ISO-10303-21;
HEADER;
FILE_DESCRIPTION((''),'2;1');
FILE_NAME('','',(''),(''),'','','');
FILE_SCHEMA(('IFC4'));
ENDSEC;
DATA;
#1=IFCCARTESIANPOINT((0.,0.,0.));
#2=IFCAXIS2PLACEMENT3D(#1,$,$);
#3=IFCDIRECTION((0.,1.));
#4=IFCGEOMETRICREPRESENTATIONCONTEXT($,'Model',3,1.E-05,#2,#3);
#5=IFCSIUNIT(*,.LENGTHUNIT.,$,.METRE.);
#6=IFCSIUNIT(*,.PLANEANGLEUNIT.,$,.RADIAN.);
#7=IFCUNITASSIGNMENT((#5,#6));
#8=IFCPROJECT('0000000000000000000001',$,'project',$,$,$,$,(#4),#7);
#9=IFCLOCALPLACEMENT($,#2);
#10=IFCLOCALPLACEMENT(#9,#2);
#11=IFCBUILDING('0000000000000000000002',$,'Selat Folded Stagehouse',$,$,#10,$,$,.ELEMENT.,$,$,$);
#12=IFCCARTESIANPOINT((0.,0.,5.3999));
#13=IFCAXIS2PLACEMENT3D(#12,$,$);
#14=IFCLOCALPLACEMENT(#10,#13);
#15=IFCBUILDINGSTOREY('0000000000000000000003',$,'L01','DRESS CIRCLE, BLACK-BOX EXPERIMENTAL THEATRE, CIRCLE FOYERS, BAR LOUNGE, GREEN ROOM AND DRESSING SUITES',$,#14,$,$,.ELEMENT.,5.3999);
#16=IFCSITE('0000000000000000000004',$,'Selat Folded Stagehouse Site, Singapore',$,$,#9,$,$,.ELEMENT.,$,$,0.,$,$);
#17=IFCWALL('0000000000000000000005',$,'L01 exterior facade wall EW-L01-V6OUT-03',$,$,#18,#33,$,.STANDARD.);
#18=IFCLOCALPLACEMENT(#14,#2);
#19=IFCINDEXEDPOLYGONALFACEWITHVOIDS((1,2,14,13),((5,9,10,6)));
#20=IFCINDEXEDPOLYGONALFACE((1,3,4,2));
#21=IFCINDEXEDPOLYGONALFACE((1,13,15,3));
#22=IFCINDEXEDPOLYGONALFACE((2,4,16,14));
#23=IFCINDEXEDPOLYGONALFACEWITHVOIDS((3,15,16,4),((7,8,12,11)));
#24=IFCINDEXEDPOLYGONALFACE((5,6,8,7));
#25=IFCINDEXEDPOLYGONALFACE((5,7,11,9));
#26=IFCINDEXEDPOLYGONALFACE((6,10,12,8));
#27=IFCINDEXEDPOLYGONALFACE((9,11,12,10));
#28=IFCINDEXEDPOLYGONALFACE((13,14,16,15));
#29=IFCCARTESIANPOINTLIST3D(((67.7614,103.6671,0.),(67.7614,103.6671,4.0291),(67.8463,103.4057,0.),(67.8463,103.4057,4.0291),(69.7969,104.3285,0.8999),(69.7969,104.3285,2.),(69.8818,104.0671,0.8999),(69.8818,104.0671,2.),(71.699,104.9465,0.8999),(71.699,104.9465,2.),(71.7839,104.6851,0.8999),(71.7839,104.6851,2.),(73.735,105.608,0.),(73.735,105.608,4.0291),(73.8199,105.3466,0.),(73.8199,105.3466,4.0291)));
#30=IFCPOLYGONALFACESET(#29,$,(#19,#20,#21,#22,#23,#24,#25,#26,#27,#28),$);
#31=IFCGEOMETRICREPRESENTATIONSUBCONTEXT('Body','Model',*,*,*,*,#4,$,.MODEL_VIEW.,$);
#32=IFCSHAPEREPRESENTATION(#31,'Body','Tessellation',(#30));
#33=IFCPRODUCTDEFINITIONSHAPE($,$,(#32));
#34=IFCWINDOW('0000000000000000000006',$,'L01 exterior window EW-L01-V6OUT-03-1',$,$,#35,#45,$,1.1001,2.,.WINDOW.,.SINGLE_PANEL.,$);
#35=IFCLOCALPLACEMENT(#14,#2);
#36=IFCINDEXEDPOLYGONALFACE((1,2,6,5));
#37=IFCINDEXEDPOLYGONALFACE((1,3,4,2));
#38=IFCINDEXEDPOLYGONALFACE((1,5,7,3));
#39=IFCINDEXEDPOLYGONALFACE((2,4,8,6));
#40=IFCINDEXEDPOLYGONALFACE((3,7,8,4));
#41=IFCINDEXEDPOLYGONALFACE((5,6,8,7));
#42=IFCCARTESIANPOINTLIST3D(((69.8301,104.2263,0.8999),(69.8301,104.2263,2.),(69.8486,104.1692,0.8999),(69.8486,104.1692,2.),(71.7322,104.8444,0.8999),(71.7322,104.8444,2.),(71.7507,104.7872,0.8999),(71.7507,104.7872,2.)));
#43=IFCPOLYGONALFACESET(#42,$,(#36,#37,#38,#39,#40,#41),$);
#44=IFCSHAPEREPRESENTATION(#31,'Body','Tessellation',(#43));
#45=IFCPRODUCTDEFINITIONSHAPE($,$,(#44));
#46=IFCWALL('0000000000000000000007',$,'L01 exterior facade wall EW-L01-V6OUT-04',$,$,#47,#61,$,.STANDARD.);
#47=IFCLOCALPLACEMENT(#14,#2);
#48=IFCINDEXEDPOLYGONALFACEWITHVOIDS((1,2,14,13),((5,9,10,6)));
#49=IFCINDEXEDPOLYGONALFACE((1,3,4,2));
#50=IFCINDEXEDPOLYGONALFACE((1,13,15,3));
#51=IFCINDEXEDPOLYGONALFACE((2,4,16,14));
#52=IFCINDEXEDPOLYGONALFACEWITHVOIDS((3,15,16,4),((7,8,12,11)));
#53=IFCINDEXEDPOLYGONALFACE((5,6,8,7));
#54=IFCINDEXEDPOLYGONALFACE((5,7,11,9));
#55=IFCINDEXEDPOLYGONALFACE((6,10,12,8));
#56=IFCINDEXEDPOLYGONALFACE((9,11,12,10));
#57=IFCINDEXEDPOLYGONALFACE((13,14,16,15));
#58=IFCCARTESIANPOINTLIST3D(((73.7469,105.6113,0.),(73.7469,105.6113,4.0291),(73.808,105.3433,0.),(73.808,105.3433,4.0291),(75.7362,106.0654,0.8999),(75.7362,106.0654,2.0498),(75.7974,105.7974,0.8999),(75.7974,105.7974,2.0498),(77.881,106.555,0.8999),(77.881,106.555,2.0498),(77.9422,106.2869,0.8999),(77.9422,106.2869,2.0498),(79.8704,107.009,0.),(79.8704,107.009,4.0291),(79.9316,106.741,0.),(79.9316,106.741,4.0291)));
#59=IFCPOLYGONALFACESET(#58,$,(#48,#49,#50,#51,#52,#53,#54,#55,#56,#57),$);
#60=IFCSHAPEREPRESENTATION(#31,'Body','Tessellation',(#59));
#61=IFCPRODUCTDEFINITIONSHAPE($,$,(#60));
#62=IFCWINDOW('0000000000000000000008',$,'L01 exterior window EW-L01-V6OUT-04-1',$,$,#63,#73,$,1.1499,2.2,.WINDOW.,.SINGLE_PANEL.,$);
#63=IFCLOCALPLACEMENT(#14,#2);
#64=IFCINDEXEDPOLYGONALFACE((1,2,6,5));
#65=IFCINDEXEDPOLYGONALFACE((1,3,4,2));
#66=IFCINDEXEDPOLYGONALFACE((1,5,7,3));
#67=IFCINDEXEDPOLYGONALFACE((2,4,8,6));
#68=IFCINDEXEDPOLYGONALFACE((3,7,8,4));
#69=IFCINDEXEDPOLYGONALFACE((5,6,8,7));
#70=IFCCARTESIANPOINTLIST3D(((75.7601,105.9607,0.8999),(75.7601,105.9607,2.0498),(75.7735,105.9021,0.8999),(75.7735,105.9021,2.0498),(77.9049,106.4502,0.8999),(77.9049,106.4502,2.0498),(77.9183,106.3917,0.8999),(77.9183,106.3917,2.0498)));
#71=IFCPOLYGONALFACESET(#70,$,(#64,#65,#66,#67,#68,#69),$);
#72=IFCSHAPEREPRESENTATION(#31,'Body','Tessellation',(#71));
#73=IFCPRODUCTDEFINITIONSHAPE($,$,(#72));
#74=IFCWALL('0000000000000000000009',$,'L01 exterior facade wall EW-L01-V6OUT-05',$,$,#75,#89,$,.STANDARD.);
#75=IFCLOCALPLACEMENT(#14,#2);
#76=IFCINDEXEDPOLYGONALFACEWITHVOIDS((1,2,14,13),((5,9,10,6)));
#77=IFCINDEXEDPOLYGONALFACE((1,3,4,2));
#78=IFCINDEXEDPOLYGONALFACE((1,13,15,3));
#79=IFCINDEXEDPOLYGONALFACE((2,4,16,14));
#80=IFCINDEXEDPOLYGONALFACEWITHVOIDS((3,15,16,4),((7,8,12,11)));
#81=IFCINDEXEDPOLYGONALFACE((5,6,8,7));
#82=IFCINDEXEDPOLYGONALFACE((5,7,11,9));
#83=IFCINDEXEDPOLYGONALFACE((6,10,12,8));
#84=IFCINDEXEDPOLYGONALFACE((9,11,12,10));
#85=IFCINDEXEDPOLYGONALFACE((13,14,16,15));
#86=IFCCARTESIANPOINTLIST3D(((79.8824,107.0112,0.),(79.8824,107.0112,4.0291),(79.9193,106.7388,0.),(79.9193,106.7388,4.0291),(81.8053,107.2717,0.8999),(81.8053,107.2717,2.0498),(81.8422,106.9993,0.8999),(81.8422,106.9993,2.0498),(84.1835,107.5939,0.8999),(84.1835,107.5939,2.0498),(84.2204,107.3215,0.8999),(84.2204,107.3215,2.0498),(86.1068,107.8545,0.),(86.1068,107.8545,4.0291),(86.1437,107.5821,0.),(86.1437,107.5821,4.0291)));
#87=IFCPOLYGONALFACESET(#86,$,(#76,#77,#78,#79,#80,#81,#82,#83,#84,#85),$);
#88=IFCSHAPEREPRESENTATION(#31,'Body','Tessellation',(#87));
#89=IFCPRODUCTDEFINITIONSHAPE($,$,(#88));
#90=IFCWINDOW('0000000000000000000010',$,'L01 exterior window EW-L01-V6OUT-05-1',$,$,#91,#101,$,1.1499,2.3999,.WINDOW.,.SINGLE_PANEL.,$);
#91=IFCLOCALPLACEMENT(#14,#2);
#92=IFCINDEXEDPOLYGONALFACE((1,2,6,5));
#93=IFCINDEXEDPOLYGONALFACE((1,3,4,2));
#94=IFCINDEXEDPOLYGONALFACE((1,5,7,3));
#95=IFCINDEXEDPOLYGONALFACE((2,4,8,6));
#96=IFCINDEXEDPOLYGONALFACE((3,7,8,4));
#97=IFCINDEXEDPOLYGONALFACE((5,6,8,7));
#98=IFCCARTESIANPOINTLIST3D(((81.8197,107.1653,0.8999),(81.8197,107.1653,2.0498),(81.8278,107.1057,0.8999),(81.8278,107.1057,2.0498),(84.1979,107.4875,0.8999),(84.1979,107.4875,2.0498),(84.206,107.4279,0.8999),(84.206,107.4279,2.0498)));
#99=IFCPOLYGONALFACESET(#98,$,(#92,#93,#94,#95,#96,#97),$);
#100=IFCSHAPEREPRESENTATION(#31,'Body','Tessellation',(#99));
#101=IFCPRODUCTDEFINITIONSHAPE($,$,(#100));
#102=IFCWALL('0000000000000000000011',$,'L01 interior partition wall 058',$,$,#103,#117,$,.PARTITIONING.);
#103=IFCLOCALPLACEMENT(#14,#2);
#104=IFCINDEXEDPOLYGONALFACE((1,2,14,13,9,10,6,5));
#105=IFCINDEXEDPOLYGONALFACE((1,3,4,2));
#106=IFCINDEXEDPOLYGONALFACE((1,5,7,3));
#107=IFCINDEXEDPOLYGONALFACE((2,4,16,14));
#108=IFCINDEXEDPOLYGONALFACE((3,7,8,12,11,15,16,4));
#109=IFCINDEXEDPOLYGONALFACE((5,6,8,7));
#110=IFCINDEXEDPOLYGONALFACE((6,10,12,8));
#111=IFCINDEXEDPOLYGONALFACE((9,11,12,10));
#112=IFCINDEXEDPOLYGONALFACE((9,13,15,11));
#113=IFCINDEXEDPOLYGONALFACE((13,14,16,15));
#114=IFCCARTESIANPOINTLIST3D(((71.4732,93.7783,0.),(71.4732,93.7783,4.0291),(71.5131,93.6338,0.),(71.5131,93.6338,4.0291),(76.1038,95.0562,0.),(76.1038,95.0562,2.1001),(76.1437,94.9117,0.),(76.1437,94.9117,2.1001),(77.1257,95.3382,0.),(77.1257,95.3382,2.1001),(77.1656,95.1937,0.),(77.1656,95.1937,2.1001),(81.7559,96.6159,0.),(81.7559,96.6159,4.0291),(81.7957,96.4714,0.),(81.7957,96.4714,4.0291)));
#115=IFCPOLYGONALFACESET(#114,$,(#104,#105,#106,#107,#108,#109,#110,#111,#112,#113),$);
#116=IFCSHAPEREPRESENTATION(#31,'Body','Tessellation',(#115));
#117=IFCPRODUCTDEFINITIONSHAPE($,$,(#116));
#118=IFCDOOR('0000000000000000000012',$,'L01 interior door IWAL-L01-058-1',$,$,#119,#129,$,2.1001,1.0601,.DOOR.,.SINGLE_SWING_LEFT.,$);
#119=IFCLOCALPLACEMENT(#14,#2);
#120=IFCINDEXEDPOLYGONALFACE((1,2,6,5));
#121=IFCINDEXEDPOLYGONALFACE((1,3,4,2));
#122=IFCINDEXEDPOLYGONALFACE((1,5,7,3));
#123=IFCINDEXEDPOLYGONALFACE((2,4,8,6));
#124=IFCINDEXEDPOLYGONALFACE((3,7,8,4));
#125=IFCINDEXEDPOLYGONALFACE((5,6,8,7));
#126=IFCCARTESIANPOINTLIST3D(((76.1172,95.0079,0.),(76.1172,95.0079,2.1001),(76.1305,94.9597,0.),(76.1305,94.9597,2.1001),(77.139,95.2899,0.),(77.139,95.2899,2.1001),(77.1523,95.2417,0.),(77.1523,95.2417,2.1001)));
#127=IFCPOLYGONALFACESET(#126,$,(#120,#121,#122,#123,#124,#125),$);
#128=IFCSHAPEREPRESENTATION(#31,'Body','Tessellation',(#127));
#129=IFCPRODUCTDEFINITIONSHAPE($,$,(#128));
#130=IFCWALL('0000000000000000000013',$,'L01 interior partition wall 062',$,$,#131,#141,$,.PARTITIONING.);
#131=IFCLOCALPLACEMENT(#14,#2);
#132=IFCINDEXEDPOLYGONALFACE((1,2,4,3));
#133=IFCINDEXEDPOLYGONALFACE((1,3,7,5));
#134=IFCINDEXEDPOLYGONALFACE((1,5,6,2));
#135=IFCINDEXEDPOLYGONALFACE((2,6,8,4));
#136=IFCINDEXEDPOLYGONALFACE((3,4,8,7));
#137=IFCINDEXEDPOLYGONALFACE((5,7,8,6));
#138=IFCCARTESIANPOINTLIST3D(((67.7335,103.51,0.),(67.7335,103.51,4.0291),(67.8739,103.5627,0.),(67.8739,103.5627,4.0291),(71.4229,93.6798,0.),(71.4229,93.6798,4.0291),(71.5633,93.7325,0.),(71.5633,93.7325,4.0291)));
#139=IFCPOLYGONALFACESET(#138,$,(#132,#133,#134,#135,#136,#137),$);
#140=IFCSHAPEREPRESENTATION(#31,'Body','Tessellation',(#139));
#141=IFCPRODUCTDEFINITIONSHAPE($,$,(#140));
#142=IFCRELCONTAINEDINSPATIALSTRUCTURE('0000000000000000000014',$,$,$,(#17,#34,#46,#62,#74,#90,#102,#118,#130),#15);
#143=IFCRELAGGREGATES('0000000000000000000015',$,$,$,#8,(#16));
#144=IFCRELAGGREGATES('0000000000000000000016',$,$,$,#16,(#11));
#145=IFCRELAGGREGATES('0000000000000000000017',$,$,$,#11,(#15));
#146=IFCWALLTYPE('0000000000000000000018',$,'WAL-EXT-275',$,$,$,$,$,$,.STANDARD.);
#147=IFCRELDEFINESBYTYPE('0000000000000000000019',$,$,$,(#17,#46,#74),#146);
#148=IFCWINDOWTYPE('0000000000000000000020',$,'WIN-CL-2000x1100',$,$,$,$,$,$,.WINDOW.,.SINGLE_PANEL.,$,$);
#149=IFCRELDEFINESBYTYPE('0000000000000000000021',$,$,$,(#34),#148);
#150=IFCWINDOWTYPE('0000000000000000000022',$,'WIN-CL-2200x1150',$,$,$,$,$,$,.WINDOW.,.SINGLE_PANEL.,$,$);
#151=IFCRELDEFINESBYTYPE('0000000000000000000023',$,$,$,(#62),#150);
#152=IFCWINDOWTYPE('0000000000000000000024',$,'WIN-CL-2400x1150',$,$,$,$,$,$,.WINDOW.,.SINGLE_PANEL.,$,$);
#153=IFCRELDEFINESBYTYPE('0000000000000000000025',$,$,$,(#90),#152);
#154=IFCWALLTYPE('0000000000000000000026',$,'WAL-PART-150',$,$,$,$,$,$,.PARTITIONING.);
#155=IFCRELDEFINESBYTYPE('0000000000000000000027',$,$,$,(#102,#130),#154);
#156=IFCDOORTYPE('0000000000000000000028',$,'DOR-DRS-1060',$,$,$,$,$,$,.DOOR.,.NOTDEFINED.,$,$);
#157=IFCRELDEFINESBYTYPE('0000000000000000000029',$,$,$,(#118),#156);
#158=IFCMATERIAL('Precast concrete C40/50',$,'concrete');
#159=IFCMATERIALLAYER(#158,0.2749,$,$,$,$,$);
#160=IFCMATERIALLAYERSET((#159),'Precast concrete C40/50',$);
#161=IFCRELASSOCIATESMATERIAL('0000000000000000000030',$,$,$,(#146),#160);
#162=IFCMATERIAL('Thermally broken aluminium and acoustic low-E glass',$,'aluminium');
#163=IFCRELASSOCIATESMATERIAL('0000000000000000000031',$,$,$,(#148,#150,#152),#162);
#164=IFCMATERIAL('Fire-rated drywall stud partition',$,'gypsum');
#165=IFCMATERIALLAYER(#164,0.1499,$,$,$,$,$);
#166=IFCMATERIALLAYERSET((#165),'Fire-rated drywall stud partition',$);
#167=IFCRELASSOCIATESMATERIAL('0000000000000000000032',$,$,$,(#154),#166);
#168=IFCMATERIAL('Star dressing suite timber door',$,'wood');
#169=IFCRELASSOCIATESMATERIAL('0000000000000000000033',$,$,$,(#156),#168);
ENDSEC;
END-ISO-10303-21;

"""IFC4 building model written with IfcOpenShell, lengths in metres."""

from ifc_helpers import new_model, si_unit, direction, frame, frame_2d, origin, place, context, subcontext, project, spatial, rectangle, extrude, material, layer, layer_set, type_object, element, fill, save


model = new_model("IFC4")

# Units and contexts
model_context = context("Model", 3, precision=1e-05, world=origin(), true_north=direction((0.0, 1.0)))
body_context = subcontext(model_context, "Body", "Model", "MODEL_VIEW")
ifc_project = project(units=[si_unit("LENGTHUNIT", "METRE"), si_unit("PLANEANGLEUNIT", "RADIAN")], contexts=[model_context])

# Site, building, storey
site_placement = place(None, origin())
site = spatial("IfcSite", under=ifc_project, at=site_placement, Name="Selat Folded Stagehouse Site, Singapore", CompositionType="ELEMENT", RefElevation=0.0)
building_placement = place(site_placement, origin())
building = spatial("IfcBuilding", under=site, at=building_placement, Name="Selat Folded Stagehouse", CompositionType="ELEMENT")
storey_placement = place(building_placement, frame((0.0, 0.0, 5.3999)))
storey = spatial("IfcBuildingStorey", under=building, at=storey_placement, Name="L01", Description="DRESS CIRCLE, BLACK-BOX EXPERIMENTAL THEATRE, CIRCLE FOYERS, BAR LOUNGE, GREEN ROOM AND DRESSING SUITES", CompositionType="ELEMENT", Elevation=5.3999)

# Walls, openings, windows
ifc_material_1 = material(Name="Precast concrete C40/50", Category="concrete")
ifc_layer_1 = layer(ifc_material_1, 0.2749)
ifc_layer_set_1 = layer_set([ifc_layer_1], Name="Precast concrete C40/50")
wall_type_1 = type_object("IfcWallType", Name="WAL-EXT-275", PredefinedType="STANDARD", material=ifc_layer_set_1)
wall_1_placement = place(storey_placement, frame((67.8037, 103.5364, 0.0), z_axis=(0.0, 0.0, 1.0), x_axis=(0.951058, 0.309012, 0.0)))
wall_1 = element("IfcWall", 1, at=wall_1_placement, inside=storey, type_object=wall_type_1, Name="L01 exterior facade wall EW-L01-V6OUT-03", PredefinedType="STANDARD", context=body_context, shape_type="SweptSolid", body=[
    extrude(rectangle(XDim=6.281, YDim=0.2749, at=frame_2d((3.1406, 0.0))), origin(), (0.0, 0.0, 1.0), 4.0291),
])
opening_1_placement = place(wall_1_placement, frame((2.1404, 0.0, 0.8999)))
opening_1 = element("IfcOpeningElement", 2, at=opening_1_placement, cuts=wall_1, PredefinedType="OPENING", context=body_context, shape_type="SweptSolid", body=[
    extrude(rectangle(XDim=2.0, YDim=1.1001, at=frame_2d((1.0, 0.55))), frame((0.0, 0.1475, 0.0), z_axis=(0.0, -1.0, 0.0), x_axis=(1.0, 0.0, 0.0)), (0.0, 0.0, 1.0), 0.2949),
])
ifc_material_2 = material(Name="Thermally broken aluminium and acoustic low-E glass", Category="aluminium")
window_type_1 = type_object("IfcWindowType", Name="WIN-CL-2000x1100", PartitioningType="SINGLE_PANEL", PredefinedType="WINDOW", material=ifc_material_2)
window_1_placement = place(opening_1_placement, origin())
window_1 = element("IfcWindow", 3, at=window_1_placement, inside=storey, type_object=window_type_1, Name="L01 exterior window EW-L01-V6OUT-03-1", OverallHeight=1.1001, OverallWidth=2.0, PartitioningType="SINGLE_PANEL", PredefinedType="WINDOW", context=body_context, shape_type="SweptSolid", body=[
    extrude(rectangle(XDim=2.0, YDim=1.1001, at=frame_2d((1.0, 0.55))), frame((0.0, 0.03, 0.0), z_axis=(0.0, -1.0, 0.0), x_axis=(1.0, 0.0, 0.0)), (0.0, 0.0, 1.0), 0.0601),
])
fill(opening_1, window_1)
wall_2_placement = place(storey_placement, frame((73.7773, 105.4773, 0.0), z_axis=(0.0, 0.0, 1.0), x_axis=(0.974926, 0.222528, 0.0)))
wall_2 = element("IfcWall", 4, at=wall_2_placement, inside=storey, type_object=wall_type_1, Name="L01 exterior facade wall EW-L01-V6OUT-04", PredefinedType="STANDARD", context=body_context, shape_type="SweptSolid", body=[
    extrude(rectangle(XDim=6.281, YDim=0.2749, at=frame_2d((3.1406, 0.0))), origin(), (0.0, 0.0, 1.0), 4.0291),
])
opening_2_placement = place(wall_2_placement, frame((2.0405, 0.0, 0.8999)))
opening_2 = element("IfcOpeningElement", 5, at=opening_2_placement, cuts=wall_2, PredefinedType="OPENING", context=body_context, shape_type="SweptSolid", body=[
    extrude(rectangle(XDim=2.2, YDim=1.1499, at=frame_2d((1.1001, 0.575))), frame((0.0, 0.1475, 0.0), z_axis=(0.0, -1.0, 0.0), x_axis=(1.0, 0.0, 0.0)), (0.0, 0.0, 1.0), 0.2949),
])
window_type_2 = type_object("IfcWindowType", Name="WIN-CL-2200x1150", PartitioningType="SINGLE_PANEL", PredefinedType="WINDOW", material=ifc_material_2)
window_2_placement = place(opening_2_placement, origin())
window_2 = element("IfcWindow", 6, at=window_2_placement, inside=storey, type_object=window_type_2, Name="L01 exterior window EW-L01-V6OUT-04-1", OverallHeight=1.1499, OverallWidth=2.2, PartitioningType="SINGLE_PANEL", PredefinedType="WINDOW", context=body_context, shape_type="SweptSolid", body=[
    extrude(rectangle(XDim=2.2, YDim=1.1499, at=frame_2d((1.1001, 0.575))), frame((0.0, 0.03, 0.0), z_axis=(0.0, -1.0, 0.0), x_axis=(1.0, 0.0, 0.0)), (0.0, 0.0, 1.0), 0.0601),
])
fill(opening_2, window_2)
wall_3_placement = place(storey_placement, frame((79.9009, 106.875, 0.0), z_axis=(0.0, 0.0, 1.0), x_axis=(0.990947, 0.134251, 0.0)))
wall_3 = element("IfcWall", 7, at=wall_3_placement, inside=storey, type_object=wall_type_1, Name="L01 exterior facade wall EW-L01-V6OUT-05", PredefinedType="STANDARD", context=body_context, shape_type="SweptSolid", body=[
    extrude(rectangle(XDim=6.2812, YDim=0.2749, at=frame_2d((3.1406, 0.0))), origin(), (0.0, 0.0, 1.0), 4.0291),
])
opening_3_placement = place(wall_3_placement, frame((1.9404, 0.0, 0.8999)))
opening_3 = element("IfcOpeningElement", 8, at=opening_3_placement, cuts=wall_3, PredefinedType="OPENING", context=body_context, shape_type="SweptSolid", body=[
    extrude(rectangle(XDim=2.3999, YDim=1.1499, at=frame_2d((1.2, 0.575))), frame((0.0, 0.1475, 0.0), z_axis=(0.0, -1.0, 0.0), x_axis=(1.0, 0.0, 0.0)), (0.0, 0.0, 1.0), 0.2949),
])
window_type_3 = type_object("IfcWindowType", Name="WIN-CL-2400x1150", PartitioningType="SINGLE_PANEL", PredefinedType="WINDOW", material=ifc_material_2)
window_3_placement = place(opening_3_placement, origin())
window_3 = element("IfcWindow", 9, at=window_3_placement, inside=storey, type_object=window_type_3, Name="L01 exterior window EW-L01-V6OUT-05-1", OverallHeight=1.1499, OverallWidth=2.3999, PartitioningType="SINGLE_PANEL", PredefinedType="WINDOW", context=body_context, shape_type="SweptSolid", body=[
    extrude(rectangle(XDim=2.3999, YDim=1.1499, at=frame_2d((1.2, 0.575))), frame((0.0, 0.03, 0.0), z_axis=(0.0, -1.0, 0.0), x_axis=(1.0, 0.0, 0.0)), (0.0, 0.0, 1.0), 0.0601),
])
fill(opening_3, window_3)

# Wall, opening, door
ifc_material_3 = material(Name="Fire-rated drywall stud partition", Category="gypsum")
ifc_layer_2 = layer(ifc_material_3, 0.1499)
ifc_layer_set_2 = layer_set([ifc_layer_2], Name="Fire-rated drywall stud partition")
wall_type_2 = type_object("IfcWallType", Name="WAL-PART-150", PredefinedType="PARTITIONING", material=ifc_layer_set_2)
wall_4_placement = place(storey_placement, frame((71.4932, 93.7061, 0.0), z_axis=(0.0, 0.0, 1.0), x_axis=(0.963968, 0.266019, 0.0)))
wall_4 = element("IfcWall", 10, at=wall_4_placement, inside=storey, type_object=wall_type_2, Name="L01 interior partition wall 058", PredefinedType="PARTITIONING", context=body_context, shape_type="SweptSolid", body=[
    extrude(rectangle(XDim=10.667, YDim=0.1499, at=frame_2d((5.3335, 0.0))), origin(), (0.0, 0.0, 1.0), 4.0291),
])
opening_4_placement = place(wall_4_placement, frame((4.8037, 0.0, 0.0)))
opening_4 = element("IfcOpeningElement", 11, at=opening_4_placement, cuts=wall_4, PredefinedType="OPENING", context=body_context, shape_type="SweptSolid", body=[
    extrude(rectangle(XDim=1.0601, YDim=2.1001, at=frame_2d((0.53, 1.05))), frame((0.0, 0.085, 0.0), z_axis=(0.0, -1.0, 0.0), x_axis=(1.0, 0.0, 0.0)), (0.0, 0.0, 1.0), 0.1699),
])
ifc_material_4 = material(Name="Star dressing suite timber door", Category="wood")
door_type = type_object("IfcDoorType", Name="DOR-DRS-1060", OperationType="NOTDEFINED", PredefinedType="DOOR", material=ifc_material_4)
door_placement = place(opening_4_placement, origin())
door = element("IfcDoor", 12, at=door_placement, inside=storey, type_object=door_type, Name="L01 interior door IWAL-L01-058-1", OperationType="SINGLE_SWING_LEFT", OverallHeight=2.1001, OverallWidth=1.0601, PredefinedType="DOOR", context=body_context, shape_type="SweptSolid", body=[
    extrude(rectangle(XDim=1.0601, YDim=2.1001, at=frame_2d((0.53, 1.05))), frame((0.0, 0.0249, 0.0), z_axis=(0.0, -1.0, 0.0), x_axis=(1.0, 0.0, 0.0)), (0.0, 0.0, 1.0), 0.05),
])
fill(opening_4, door)

# Wall
wall_5_placement = place(storey_placement, frame((71.4932, 93.7061, 0.0), z_axis=(0.0, 0.0, 1.0), x_axis=(-0.351381, 0.936233, 0.0)))
element("IfcWall", 13, at=wall_5_placement, inside=storey, type_object=wall_type_2, Name="L01 interior partition wall 062", PredefinedType="PARTITIONING", context=body_context, shape_type="SweptSolid", body=[
    extrude(rectangle(XDim=10.4998, YDim=0.1499, at=frame_2d((5.25, 0.0))), origin(), (0.0, 0.0, 1.0), 4.0291),
])

save(model, "model.ifc")
